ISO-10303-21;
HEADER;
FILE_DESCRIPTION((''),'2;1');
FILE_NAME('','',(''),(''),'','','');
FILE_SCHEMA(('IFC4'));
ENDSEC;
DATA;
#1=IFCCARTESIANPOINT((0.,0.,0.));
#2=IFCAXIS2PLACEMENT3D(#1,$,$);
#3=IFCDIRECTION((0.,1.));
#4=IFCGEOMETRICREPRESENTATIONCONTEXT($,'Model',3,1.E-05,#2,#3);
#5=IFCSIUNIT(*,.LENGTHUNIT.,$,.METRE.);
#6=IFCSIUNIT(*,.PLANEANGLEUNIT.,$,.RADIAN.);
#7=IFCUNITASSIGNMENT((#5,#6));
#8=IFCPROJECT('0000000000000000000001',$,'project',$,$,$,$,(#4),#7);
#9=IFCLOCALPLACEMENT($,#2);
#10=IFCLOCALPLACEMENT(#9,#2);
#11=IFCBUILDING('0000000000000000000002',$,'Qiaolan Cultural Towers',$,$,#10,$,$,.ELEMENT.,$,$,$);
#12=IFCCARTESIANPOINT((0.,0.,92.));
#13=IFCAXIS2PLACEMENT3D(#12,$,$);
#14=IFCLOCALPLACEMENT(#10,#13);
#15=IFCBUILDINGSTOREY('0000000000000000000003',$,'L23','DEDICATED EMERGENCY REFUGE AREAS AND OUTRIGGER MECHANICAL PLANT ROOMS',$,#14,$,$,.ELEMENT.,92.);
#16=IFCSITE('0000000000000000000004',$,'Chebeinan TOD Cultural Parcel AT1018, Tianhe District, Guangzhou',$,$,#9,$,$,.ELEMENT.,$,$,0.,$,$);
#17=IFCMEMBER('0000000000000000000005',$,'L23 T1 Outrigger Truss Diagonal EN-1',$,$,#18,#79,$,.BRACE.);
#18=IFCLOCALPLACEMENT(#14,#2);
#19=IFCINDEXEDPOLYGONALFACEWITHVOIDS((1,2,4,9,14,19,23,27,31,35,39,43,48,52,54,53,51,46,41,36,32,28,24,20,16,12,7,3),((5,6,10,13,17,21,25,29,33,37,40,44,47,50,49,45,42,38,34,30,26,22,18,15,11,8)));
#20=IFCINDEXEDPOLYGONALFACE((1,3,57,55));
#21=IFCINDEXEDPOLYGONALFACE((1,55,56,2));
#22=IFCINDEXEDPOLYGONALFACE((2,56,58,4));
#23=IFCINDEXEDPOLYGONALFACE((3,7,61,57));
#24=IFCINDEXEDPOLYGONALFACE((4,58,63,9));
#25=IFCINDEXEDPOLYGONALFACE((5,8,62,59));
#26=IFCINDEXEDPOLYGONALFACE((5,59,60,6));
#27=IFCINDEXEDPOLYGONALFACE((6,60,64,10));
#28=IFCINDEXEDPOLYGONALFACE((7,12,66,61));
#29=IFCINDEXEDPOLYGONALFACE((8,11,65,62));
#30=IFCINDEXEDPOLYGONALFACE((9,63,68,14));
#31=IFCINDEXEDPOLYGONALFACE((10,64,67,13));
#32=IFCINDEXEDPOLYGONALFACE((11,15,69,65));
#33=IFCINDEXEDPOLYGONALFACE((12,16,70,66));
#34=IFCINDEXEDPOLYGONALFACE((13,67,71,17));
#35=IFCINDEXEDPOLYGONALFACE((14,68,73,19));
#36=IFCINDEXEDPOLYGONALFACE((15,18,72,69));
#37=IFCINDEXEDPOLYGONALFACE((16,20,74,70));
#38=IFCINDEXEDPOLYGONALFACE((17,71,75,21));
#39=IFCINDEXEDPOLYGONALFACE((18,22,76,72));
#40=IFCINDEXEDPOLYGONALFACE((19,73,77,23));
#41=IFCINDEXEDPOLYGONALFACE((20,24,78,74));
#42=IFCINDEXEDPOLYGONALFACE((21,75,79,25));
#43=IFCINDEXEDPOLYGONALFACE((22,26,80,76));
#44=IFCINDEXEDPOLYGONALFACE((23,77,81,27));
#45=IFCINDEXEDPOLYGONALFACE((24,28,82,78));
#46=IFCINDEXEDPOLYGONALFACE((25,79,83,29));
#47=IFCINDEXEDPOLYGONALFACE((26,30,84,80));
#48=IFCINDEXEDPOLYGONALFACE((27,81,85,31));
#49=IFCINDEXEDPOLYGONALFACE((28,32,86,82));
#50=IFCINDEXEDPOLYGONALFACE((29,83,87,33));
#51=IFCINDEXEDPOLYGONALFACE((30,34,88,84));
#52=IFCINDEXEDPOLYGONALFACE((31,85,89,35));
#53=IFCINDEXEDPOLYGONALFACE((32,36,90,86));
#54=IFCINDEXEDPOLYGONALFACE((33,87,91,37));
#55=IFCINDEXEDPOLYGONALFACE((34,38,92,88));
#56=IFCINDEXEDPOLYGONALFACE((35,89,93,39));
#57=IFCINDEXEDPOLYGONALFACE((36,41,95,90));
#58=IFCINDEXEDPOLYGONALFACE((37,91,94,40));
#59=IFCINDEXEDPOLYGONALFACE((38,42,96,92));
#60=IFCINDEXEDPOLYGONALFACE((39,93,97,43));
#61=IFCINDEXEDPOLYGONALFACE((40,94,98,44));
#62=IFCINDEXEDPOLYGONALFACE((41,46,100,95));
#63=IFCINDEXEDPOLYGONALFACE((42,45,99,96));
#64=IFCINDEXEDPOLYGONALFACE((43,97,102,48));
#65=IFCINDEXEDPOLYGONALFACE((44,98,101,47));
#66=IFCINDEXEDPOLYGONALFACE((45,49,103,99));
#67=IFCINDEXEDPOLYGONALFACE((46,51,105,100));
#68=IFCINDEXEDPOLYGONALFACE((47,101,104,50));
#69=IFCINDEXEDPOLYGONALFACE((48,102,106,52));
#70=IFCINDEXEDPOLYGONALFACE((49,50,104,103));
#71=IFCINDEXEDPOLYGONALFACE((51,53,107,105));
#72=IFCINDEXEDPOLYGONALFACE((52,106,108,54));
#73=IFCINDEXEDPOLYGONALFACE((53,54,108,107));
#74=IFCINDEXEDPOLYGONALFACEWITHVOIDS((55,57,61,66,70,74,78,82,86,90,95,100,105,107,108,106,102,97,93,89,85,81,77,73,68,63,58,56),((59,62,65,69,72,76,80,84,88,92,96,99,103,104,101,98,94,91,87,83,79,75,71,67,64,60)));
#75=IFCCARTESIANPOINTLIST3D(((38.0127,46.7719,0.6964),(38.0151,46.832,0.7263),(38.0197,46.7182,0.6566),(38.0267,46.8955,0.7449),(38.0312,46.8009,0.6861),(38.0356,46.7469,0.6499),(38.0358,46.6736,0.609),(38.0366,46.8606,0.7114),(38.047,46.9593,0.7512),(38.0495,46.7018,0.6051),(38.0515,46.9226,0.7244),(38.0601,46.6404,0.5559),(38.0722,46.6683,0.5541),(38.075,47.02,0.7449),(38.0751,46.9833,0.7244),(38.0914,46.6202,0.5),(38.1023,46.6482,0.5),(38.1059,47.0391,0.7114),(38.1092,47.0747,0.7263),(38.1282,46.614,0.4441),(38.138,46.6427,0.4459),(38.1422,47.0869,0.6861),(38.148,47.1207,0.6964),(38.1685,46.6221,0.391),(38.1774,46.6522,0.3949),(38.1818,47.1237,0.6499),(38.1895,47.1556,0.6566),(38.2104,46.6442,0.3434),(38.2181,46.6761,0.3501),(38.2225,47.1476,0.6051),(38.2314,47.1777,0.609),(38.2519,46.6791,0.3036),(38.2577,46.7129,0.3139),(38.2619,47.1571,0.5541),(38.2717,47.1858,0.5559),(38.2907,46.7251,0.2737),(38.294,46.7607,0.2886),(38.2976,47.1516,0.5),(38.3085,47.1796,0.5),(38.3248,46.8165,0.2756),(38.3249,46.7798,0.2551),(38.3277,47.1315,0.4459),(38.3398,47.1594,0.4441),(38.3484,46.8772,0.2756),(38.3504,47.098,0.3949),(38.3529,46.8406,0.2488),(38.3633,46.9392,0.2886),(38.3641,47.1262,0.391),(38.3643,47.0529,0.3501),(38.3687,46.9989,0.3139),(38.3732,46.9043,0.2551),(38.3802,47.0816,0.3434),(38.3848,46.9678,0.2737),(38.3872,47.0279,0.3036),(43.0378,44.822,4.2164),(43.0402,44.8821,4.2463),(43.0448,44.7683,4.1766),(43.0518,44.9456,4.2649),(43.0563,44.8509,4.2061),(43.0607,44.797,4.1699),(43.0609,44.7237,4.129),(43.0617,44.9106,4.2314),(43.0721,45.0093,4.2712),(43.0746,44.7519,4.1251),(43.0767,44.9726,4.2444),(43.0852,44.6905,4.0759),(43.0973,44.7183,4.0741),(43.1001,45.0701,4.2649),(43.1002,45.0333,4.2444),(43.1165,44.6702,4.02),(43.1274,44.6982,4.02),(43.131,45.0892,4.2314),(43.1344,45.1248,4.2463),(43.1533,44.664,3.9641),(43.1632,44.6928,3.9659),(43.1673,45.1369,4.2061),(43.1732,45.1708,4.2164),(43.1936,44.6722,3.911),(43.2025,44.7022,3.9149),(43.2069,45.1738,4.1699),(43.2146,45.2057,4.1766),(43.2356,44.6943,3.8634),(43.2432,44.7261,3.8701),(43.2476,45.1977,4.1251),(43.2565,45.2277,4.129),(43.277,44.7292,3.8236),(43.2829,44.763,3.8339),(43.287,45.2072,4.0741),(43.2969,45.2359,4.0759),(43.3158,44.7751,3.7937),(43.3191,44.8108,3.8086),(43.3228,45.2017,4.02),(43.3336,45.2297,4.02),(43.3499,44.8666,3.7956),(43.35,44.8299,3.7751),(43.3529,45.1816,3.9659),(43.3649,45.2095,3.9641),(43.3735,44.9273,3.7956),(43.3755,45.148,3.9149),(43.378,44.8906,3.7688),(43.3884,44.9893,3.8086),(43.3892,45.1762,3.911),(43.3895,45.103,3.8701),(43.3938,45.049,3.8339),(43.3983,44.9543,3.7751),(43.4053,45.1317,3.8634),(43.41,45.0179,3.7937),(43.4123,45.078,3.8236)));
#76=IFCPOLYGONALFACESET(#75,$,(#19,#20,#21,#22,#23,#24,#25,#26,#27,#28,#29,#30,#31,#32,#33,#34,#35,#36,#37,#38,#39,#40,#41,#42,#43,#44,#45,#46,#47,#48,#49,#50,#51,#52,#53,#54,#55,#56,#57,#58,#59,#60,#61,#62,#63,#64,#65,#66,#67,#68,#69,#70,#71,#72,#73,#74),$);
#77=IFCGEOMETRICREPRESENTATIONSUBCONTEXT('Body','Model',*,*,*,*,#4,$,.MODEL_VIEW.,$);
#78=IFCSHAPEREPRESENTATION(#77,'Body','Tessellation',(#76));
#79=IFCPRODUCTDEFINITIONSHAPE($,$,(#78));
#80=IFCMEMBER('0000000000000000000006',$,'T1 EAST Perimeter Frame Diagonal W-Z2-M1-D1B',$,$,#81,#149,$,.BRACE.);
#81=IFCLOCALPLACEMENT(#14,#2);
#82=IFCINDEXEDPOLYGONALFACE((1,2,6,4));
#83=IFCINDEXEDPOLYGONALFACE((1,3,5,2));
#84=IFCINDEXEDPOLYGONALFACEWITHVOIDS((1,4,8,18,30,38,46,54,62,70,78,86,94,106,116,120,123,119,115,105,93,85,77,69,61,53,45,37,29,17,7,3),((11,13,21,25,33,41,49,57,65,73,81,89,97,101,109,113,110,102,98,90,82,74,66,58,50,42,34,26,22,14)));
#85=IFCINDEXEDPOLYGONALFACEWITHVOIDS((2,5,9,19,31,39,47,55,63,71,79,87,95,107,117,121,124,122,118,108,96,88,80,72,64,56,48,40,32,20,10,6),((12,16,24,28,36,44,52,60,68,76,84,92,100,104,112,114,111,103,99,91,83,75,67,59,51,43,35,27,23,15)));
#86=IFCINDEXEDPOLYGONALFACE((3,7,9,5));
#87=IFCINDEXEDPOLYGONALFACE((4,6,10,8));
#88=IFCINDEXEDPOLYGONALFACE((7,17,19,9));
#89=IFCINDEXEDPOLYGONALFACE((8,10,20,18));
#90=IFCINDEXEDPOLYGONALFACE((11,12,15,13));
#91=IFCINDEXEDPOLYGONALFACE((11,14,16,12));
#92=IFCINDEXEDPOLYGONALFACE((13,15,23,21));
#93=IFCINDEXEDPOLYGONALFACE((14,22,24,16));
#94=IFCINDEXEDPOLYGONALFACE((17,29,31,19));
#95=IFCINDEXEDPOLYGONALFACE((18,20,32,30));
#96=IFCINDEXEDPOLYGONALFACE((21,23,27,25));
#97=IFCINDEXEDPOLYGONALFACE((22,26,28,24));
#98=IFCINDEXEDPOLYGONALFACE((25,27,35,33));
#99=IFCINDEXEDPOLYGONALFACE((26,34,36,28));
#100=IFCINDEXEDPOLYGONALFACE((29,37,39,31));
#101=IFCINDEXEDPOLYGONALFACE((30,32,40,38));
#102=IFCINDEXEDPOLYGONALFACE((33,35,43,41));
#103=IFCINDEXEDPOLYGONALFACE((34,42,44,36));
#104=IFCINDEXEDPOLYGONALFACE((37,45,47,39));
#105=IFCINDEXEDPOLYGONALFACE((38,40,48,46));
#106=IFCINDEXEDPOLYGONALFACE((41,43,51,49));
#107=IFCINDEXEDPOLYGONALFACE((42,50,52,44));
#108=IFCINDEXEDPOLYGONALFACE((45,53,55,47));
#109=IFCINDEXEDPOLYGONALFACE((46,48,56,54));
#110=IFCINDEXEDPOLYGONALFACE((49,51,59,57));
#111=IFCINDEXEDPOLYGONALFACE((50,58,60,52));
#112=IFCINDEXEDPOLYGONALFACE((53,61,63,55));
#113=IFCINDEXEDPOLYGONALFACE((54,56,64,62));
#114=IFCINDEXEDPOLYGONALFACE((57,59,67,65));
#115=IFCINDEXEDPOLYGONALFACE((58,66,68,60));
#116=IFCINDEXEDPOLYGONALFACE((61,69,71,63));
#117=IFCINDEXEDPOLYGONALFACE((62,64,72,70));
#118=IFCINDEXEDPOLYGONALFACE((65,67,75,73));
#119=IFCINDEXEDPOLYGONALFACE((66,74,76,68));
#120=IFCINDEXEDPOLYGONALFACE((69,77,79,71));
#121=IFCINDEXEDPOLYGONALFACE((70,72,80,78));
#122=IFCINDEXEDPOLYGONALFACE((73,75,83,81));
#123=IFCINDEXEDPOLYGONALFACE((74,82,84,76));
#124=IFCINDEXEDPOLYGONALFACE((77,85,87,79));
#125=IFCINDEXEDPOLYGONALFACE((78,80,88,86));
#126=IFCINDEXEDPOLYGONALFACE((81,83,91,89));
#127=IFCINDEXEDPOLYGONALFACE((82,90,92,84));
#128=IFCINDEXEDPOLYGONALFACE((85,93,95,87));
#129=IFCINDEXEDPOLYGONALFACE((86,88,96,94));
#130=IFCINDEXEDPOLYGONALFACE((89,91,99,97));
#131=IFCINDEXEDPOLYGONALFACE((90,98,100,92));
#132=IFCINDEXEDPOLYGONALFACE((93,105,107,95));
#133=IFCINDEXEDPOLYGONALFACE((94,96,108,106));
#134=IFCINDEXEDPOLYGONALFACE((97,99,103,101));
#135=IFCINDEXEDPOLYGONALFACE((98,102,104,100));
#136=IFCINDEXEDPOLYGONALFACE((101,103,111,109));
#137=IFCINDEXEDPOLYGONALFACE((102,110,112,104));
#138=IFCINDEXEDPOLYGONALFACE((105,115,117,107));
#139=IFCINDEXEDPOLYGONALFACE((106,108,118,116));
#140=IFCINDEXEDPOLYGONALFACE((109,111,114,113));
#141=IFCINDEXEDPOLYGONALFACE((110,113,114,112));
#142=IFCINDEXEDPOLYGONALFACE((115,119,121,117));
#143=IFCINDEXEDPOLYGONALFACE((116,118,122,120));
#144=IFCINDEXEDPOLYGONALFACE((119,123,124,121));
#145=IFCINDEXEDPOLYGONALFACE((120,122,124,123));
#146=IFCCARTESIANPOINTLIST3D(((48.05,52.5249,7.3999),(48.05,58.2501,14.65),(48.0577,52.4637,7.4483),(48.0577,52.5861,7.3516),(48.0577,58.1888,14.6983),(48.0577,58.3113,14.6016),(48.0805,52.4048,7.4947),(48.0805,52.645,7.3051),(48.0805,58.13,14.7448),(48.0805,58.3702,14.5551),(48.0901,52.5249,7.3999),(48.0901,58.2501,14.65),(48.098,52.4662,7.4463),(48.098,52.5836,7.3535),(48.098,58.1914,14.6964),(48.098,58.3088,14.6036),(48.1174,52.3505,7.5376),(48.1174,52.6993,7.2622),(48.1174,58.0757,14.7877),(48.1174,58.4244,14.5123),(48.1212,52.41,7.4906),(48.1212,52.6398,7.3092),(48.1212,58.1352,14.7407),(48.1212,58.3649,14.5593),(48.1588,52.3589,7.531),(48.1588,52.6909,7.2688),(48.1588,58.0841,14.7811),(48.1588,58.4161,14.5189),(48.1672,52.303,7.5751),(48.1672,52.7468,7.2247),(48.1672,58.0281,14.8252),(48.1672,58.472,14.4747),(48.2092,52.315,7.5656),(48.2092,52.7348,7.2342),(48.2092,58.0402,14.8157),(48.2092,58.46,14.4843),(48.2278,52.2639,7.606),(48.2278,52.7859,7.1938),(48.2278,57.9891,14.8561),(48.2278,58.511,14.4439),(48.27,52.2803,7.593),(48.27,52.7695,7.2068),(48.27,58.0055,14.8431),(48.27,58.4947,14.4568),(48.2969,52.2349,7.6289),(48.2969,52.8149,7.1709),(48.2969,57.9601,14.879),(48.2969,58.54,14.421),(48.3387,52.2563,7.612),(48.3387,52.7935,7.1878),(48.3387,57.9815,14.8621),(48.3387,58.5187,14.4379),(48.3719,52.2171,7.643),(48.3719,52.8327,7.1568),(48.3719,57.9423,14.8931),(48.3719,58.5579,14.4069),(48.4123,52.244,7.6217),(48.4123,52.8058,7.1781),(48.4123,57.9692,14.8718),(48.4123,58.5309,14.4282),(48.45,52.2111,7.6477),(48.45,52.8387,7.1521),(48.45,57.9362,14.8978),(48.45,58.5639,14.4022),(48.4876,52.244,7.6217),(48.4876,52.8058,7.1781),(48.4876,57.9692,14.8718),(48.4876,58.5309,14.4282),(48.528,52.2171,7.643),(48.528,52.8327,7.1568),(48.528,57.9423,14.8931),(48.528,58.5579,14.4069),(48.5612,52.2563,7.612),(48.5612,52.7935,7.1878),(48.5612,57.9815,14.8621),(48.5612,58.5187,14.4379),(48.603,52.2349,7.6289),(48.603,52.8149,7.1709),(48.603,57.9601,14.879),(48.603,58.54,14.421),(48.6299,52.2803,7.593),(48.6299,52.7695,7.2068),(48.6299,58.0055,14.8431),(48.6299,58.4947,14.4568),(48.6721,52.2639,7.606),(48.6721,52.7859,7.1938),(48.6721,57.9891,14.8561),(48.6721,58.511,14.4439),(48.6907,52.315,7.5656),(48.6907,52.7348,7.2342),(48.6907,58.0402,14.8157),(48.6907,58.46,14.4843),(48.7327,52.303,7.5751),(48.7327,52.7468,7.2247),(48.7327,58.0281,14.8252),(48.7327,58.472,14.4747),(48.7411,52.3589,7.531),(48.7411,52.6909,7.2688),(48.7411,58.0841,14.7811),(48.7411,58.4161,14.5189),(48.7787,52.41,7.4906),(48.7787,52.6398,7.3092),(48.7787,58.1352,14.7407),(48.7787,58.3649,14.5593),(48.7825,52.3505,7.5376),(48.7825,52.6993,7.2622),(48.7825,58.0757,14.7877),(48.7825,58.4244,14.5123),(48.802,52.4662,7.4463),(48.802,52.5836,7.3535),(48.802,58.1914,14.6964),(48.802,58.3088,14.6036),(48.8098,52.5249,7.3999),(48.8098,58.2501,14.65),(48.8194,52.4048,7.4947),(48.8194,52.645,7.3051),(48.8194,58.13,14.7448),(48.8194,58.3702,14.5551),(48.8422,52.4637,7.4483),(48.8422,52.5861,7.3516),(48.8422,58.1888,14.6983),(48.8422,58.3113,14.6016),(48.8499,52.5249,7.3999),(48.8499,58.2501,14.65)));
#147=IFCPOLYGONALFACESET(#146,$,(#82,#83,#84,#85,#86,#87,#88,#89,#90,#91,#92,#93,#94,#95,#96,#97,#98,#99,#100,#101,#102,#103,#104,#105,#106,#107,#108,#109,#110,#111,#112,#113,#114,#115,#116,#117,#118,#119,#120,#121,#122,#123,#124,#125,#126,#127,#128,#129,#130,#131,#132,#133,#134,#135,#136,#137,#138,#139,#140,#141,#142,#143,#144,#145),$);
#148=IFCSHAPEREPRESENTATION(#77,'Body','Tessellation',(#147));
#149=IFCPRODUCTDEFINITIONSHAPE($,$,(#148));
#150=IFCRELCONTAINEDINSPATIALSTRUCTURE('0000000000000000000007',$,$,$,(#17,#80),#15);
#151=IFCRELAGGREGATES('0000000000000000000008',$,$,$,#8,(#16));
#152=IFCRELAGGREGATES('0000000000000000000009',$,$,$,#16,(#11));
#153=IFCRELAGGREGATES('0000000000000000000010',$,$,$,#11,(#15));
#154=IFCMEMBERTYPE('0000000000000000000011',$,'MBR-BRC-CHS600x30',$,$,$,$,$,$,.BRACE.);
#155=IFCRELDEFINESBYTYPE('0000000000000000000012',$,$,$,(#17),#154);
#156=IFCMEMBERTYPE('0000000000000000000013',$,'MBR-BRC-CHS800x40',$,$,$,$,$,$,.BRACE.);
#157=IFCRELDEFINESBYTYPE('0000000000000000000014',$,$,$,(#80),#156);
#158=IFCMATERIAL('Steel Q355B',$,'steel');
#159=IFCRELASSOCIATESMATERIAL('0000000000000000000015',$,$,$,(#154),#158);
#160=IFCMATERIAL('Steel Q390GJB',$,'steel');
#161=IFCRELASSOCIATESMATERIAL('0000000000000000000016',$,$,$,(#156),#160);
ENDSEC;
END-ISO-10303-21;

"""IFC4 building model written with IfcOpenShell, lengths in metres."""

from ifc_helpers import new_model, si_unit, direction, frame, origin, origin_2d, place, context, subcontext, project, spatial, hollow_circle, extrude, material, material_profile, profile_set, type_object, element, save


model = new_model("IFC4")

# Units and contexts
model_context = context("Model", 3, precision=1e-05, world=origin(), true_north=direction((0.0, 1.0)))
body_context = subcontext(model_context, "Body", "Model", "MODEL_VIEW")
ifc_project = project(units=[si_unit("LENGTHUNIT", "METRE"), si_unit("PLANEANGLEUNIT", "RADIAN")], contexts=[model_context])

# Site, building, storey
site_placement = place(None, origin())
site = spatial("IfcSite", under=ifc_project, at=site_placement, Name="Chebeinan TOD Cultural Parcel AT1018, Tianhe District, Guangzhou", CompositionType="ELEMENT", RefElevation=0.0)
building_placement = place(site_placement, origin())
building = spatial("IfcBuilding", under=site, at=building_placement, Name="Qiaolan Cultural Towers", CompositionType="ELEMENT")
storey_placement = place(building_placement, frame((0.0, 0.0, 92.0)))
storey = spatial("IfcBuildingStorey", under=building, at=storey_placement, Name="L23", Description="DEDICATED EMERGENCY REFUGE AREAS AND OUTRIGGER MECHANICAL PLANT ROOMS", CompositionType="ELEMENT", Elevation=92.0)

# Members
ifc_material_1 = material(Name="Steel Q355B", Category="steel")
ifc_material_profile_1 = material_profile(ifc_material_1, hollow_circle(Radius=0.3, WallThickness=0.03, at=origin_2d()), Name="CHS600x30")
ifc_profile_set_1 = profile_set([ifc_material_profile_1], Name="Steel Q355B")
member_type_1 = type_object("IfcMemberType", Name="MBR-BRC-CHS600x30", PredefinedType="BRACE", material=ifc_profile_set_1)
member_1_placement = place(storey_placement, frame((38.2, 46.8999, 0.5), z_axis=(0.780572, -0.302892, 0.546776), x_axis=(0.361758, 0.932272, 0.0)))
element("IfcMember", 1, at=member_1_placement, inside=storey, type_object=member_type_1, Name="L23 T1 Outrigger Truss Diagonal EN-1", PredefinedType="BRACE", context=body_context, shape_type="SweptSolid", body=[
    extrude(hollow_circle(Radius=0.3, WallThickness=0.03, at=origin_2d()), origin(), (0.0, 0.0, 1.0), 6.4377),
])
ifc_material_2 = material(Name="Steel Q390GJB", Category="steel")
ifc_material_profile_2 = material_profile(ifc_material_2, hollow_circle(Radius=0.3999, WallThickness=0.04, at=origin_2d()), Name="CHS800x40")
ifc_profile_set_2 = profile_set([ifc_material_profile_2], Name="Steel Q390GJB")
member_type_2 = type_object("IfcMemberType", Name="MBR-BRC-CHS800x40", PredefinedType="BRACE", material=ifc_profile_set_2)
for number, where, z_axis, x_axis, name in (
    (2, (48.45, 52.5249, 7.3999), (0.0, 0.619739, 0.784808), (-1.0, 0.0, 0.0), "T1 EAST Perimeter Frame Diagonal W-Z2-M1-D1B"),
):
    element("IfcMember", number, at=place(storey_placement, frame(where, z_axis=z_axis, x_axis=x_axis)), inside=storey, type_object=member_type_2, Name=name, PredefinedType="BRACE", context=body_context, shape_type="SweptSolid", body=[
        extrude(hollow_circle(Radius=0.3999, WallThickness=0.04, at=origin_2d()), origin(), (0.0, 0.0, 1.0), 9.238),
    ])

save(model, "model.ifc")
